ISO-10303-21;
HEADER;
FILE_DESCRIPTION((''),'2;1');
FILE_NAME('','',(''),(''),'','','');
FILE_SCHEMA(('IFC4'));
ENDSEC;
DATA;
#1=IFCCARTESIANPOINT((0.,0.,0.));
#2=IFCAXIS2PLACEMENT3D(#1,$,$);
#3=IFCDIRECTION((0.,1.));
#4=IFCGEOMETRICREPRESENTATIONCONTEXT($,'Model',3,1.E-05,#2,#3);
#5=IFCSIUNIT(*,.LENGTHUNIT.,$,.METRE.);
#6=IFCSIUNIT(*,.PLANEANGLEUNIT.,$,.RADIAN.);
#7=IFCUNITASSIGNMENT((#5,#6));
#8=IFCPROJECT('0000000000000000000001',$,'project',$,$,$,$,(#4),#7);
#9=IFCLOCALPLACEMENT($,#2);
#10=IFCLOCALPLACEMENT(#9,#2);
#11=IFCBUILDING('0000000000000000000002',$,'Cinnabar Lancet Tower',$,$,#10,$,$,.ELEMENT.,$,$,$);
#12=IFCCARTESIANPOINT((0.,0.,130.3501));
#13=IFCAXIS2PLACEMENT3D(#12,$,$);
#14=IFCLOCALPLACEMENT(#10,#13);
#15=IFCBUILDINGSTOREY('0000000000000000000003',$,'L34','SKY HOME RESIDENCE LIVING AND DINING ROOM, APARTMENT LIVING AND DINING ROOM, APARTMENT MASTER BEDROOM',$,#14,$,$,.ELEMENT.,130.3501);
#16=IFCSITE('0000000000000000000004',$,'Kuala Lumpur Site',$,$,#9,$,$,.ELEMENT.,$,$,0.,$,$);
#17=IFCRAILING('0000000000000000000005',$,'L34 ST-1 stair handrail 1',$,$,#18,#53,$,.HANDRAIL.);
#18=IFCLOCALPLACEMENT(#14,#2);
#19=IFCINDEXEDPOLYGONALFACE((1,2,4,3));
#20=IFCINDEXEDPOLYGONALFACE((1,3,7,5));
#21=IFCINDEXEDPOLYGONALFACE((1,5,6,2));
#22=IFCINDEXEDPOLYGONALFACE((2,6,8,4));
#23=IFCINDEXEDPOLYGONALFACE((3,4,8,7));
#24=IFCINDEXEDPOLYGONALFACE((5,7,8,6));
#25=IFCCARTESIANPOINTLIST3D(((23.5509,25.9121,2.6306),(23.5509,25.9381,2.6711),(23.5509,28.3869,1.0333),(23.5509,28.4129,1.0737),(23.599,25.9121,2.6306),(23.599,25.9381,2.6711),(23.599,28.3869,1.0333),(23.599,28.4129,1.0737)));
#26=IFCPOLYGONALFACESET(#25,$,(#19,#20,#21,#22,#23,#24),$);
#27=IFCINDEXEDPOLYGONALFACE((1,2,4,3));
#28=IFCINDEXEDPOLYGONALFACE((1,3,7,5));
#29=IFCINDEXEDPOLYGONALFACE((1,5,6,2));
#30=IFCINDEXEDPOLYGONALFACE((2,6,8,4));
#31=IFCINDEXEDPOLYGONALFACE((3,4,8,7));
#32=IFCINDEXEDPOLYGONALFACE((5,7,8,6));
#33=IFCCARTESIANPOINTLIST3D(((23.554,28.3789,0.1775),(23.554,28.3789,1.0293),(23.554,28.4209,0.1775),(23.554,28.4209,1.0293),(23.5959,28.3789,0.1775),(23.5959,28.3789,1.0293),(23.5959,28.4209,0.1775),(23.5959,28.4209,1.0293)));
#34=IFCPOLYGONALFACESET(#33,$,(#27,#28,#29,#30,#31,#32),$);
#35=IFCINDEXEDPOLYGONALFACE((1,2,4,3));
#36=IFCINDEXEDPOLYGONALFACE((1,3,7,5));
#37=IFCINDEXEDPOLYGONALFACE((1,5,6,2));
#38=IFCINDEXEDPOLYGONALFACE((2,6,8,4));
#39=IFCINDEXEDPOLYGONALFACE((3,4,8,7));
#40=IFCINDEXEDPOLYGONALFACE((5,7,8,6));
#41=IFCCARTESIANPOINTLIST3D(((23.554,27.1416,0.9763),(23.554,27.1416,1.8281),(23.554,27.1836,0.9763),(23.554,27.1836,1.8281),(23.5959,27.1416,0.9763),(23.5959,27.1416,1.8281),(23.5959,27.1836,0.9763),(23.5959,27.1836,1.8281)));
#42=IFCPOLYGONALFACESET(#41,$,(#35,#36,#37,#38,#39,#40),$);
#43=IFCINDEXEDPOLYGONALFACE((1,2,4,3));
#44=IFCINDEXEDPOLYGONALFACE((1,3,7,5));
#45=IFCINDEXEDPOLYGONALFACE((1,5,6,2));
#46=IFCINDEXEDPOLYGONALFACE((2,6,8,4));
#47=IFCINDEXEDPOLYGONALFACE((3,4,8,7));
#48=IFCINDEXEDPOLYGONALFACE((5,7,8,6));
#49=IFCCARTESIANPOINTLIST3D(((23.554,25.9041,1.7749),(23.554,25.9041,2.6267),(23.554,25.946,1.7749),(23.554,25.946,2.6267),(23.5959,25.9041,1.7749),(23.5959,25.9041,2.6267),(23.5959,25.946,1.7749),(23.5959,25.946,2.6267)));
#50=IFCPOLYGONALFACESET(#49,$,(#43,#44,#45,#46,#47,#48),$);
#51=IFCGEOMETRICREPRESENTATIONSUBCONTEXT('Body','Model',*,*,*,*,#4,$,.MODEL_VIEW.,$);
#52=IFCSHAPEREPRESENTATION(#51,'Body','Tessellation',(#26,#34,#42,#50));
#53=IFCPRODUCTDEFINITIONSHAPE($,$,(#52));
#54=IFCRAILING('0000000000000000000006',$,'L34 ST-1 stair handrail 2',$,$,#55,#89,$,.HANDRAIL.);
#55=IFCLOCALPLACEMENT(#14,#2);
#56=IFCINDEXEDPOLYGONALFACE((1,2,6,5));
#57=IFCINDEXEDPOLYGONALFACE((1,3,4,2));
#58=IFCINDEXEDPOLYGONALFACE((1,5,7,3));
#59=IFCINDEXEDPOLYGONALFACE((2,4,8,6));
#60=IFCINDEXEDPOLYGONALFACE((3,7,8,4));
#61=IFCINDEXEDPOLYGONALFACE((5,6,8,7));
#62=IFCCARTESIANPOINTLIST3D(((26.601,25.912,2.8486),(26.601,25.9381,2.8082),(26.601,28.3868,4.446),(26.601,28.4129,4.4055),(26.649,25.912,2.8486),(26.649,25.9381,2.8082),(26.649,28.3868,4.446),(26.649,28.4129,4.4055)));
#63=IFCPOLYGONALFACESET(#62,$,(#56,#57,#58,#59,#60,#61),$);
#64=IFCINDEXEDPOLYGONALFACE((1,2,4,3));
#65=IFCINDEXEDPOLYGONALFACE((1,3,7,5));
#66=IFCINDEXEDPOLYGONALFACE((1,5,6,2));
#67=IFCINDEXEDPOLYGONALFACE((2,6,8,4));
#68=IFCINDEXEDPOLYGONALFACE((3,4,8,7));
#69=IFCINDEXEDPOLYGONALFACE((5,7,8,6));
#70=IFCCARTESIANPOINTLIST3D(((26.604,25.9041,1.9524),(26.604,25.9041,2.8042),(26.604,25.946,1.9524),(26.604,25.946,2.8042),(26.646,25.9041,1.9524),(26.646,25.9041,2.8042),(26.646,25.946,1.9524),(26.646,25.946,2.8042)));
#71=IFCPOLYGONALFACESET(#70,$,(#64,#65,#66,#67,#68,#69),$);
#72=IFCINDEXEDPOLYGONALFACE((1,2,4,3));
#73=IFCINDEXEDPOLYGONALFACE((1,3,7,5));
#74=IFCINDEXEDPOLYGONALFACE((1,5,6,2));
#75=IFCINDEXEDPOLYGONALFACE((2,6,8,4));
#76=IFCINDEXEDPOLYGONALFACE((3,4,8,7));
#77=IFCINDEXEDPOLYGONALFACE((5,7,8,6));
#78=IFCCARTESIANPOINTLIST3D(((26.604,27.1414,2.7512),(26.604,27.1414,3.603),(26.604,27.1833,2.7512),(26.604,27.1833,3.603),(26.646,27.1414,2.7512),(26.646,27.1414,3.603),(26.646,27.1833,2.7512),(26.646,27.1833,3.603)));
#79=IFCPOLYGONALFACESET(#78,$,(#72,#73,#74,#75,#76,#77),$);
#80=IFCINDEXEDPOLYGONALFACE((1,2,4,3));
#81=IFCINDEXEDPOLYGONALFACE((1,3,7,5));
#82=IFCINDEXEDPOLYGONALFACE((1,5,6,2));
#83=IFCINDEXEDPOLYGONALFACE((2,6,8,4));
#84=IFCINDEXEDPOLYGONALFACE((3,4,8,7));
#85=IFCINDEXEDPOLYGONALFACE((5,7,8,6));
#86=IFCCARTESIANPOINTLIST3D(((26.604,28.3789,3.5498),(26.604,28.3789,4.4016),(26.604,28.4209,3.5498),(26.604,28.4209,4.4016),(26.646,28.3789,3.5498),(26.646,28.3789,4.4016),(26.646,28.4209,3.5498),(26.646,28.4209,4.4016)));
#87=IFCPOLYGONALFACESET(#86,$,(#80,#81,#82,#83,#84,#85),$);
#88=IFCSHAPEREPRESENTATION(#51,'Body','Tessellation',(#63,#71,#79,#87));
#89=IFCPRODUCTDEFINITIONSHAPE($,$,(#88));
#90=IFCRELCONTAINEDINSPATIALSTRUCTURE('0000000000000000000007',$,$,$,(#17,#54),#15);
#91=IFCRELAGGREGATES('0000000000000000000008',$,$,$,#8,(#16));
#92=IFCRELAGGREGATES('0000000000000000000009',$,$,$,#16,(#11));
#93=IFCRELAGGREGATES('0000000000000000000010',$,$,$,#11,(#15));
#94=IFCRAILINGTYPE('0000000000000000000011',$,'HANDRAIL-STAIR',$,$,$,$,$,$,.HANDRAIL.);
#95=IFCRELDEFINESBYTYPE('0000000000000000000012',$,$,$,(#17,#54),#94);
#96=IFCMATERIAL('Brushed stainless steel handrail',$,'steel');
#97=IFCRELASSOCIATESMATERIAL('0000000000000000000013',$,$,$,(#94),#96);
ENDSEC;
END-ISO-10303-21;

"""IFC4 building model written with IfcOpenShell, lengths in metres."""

from ifc_helpers import new_model, si_unit, direction, frame, origin, origin_2d, place, context, subcontext, project, spatial, rectangle, extrude, material, type_object, element, save


model = new_model("IFC4")

# Units and contexts
model_context = context("Model", 3, precision=1e-05, world=origin(), true_north=direction((0.0, 1.0)))
body_context = subcontext(model_context, "Body", "Model", "MODEL_VIEW")
ifc_project = project(units=[si_unit("LENGTHUNIT", "METRE"), si_unit("PLANEANGLEUNIT", "RADIAN")], contexts=[model_context])

# Site, building, storey
site_placement = place(None, origin())
site = spatial("IfcSite", under=ifc_project, at=site_placement, Name="Kuala Lumpur Site", CompositionType="ELEMENT", RefElevation=0.0)
building_placement = place(site_placement, origin())
building = spatial("IfcBuilding", under=site, at=building_placement, Name="Cinnabar Lancet Tower", CompositionType="ELEMENT")
storey_placement = place(building_placement, frame((0.0, 0.0, 130.3501)))
storey = spatial("IfcBuildingStorey", under=building, at=storey_placement, Name="L34", Description="SKY HOME RESIDENCE LIVING AND DINING ROOM, APARTMENT LIVING AND DINING ROOM, APARTMENT MASTER BEDROOM", CompositionType="ELEMENT", Elevation=130.3501)

# Railings
ifc_material_1 = material(Name="Brushed stainless steel handrail", Category="steel")
railing_type_1 = type_object("IfcRailingType", Name="HANDRAIL-STAIR", PredefinedType="HANDRAIL", material=ifc_material_1)
railing_1_placement = place(storey_placement, frame((23.575, 28.3999, 0.1775)))
element("IfcRailing", 1, at=railing_1_placement, inside=storey, type_object=railing_type_1, Name="L34 ST-1 stair handrail 1", PredefinedType="HANDRAIL", context=body_context, shape_type="SweptSolid", body=[
    extrude(rectangle(XDim=0.0481, YDim=0.0481, at=origin_2d()), frame((0.0, 0.0, 0.876), z_axis=(0.0, -0.840183, 0.542302), x_axis=(1.0, 0.0, 0.0)), (0.0, 0.0, 1.0), 2.9456),
    extrude(rectangle(XDim=0.042, YDim=0.042, at=origin_2d()), origin(), (0.0, 0.0, 1.0), 0.8518),
    extrude(rectangle(XDim=0.042, YDim=0.042, at=origin_2d()), frame((0.0, -1.2373, 0.7988)), (0.0, 0.0, 1.0), 0.8518),
    extrude(rectangle(XDim=0.042, YDim=0.042, at=origin_2d()), frame((0.0, -2.4749, 1.5974)), (0.0, 0.0, 1.0), 0.8518),
])
railing_2_placement = place(storey_placement, frame((26.625, 25.925, 1.9524)))
element("IfcRailing", 2, at=railing_2_placement, inside=storey, type_object=railing_type_1, Name="L34 ST-1 stair handrail 2", PredefinedType="HANDRAIL", context=body_context, shape_type="SweptSolid", body=[
    extrude(rectangle(XDim=0.0481, YDim=0.0481, at=origin_2d()), frame((0.0, 0.0, 0.876), z_axis=(0.0, 0.840183, 0.542302), x_axis=(-1.0, 0.0, 0.0)), (0.0, 0.0, 1.0), 2.9456),
    extrude(rectangle(XDim=0.042, YDim=0.042, at=origin_2d()), origin(), (0.0, 0.0, 1.0), 0.8518),
    extrude(rectangle(XDim=0.042, YDim=0.042, at=origin_2d()), frame((0.0, 1.2373, 0.7988)), (0.0, 0.0, 1.0), 0.8518),
    extrude(rectangle(XDim=0.042, YDim=0.042, at=origin_2d()), frame((0.0, 2.4749, 1.5974)), (0.0, 0.0, 1.0), 0.8518),
])

save(model, "model.ifc")
